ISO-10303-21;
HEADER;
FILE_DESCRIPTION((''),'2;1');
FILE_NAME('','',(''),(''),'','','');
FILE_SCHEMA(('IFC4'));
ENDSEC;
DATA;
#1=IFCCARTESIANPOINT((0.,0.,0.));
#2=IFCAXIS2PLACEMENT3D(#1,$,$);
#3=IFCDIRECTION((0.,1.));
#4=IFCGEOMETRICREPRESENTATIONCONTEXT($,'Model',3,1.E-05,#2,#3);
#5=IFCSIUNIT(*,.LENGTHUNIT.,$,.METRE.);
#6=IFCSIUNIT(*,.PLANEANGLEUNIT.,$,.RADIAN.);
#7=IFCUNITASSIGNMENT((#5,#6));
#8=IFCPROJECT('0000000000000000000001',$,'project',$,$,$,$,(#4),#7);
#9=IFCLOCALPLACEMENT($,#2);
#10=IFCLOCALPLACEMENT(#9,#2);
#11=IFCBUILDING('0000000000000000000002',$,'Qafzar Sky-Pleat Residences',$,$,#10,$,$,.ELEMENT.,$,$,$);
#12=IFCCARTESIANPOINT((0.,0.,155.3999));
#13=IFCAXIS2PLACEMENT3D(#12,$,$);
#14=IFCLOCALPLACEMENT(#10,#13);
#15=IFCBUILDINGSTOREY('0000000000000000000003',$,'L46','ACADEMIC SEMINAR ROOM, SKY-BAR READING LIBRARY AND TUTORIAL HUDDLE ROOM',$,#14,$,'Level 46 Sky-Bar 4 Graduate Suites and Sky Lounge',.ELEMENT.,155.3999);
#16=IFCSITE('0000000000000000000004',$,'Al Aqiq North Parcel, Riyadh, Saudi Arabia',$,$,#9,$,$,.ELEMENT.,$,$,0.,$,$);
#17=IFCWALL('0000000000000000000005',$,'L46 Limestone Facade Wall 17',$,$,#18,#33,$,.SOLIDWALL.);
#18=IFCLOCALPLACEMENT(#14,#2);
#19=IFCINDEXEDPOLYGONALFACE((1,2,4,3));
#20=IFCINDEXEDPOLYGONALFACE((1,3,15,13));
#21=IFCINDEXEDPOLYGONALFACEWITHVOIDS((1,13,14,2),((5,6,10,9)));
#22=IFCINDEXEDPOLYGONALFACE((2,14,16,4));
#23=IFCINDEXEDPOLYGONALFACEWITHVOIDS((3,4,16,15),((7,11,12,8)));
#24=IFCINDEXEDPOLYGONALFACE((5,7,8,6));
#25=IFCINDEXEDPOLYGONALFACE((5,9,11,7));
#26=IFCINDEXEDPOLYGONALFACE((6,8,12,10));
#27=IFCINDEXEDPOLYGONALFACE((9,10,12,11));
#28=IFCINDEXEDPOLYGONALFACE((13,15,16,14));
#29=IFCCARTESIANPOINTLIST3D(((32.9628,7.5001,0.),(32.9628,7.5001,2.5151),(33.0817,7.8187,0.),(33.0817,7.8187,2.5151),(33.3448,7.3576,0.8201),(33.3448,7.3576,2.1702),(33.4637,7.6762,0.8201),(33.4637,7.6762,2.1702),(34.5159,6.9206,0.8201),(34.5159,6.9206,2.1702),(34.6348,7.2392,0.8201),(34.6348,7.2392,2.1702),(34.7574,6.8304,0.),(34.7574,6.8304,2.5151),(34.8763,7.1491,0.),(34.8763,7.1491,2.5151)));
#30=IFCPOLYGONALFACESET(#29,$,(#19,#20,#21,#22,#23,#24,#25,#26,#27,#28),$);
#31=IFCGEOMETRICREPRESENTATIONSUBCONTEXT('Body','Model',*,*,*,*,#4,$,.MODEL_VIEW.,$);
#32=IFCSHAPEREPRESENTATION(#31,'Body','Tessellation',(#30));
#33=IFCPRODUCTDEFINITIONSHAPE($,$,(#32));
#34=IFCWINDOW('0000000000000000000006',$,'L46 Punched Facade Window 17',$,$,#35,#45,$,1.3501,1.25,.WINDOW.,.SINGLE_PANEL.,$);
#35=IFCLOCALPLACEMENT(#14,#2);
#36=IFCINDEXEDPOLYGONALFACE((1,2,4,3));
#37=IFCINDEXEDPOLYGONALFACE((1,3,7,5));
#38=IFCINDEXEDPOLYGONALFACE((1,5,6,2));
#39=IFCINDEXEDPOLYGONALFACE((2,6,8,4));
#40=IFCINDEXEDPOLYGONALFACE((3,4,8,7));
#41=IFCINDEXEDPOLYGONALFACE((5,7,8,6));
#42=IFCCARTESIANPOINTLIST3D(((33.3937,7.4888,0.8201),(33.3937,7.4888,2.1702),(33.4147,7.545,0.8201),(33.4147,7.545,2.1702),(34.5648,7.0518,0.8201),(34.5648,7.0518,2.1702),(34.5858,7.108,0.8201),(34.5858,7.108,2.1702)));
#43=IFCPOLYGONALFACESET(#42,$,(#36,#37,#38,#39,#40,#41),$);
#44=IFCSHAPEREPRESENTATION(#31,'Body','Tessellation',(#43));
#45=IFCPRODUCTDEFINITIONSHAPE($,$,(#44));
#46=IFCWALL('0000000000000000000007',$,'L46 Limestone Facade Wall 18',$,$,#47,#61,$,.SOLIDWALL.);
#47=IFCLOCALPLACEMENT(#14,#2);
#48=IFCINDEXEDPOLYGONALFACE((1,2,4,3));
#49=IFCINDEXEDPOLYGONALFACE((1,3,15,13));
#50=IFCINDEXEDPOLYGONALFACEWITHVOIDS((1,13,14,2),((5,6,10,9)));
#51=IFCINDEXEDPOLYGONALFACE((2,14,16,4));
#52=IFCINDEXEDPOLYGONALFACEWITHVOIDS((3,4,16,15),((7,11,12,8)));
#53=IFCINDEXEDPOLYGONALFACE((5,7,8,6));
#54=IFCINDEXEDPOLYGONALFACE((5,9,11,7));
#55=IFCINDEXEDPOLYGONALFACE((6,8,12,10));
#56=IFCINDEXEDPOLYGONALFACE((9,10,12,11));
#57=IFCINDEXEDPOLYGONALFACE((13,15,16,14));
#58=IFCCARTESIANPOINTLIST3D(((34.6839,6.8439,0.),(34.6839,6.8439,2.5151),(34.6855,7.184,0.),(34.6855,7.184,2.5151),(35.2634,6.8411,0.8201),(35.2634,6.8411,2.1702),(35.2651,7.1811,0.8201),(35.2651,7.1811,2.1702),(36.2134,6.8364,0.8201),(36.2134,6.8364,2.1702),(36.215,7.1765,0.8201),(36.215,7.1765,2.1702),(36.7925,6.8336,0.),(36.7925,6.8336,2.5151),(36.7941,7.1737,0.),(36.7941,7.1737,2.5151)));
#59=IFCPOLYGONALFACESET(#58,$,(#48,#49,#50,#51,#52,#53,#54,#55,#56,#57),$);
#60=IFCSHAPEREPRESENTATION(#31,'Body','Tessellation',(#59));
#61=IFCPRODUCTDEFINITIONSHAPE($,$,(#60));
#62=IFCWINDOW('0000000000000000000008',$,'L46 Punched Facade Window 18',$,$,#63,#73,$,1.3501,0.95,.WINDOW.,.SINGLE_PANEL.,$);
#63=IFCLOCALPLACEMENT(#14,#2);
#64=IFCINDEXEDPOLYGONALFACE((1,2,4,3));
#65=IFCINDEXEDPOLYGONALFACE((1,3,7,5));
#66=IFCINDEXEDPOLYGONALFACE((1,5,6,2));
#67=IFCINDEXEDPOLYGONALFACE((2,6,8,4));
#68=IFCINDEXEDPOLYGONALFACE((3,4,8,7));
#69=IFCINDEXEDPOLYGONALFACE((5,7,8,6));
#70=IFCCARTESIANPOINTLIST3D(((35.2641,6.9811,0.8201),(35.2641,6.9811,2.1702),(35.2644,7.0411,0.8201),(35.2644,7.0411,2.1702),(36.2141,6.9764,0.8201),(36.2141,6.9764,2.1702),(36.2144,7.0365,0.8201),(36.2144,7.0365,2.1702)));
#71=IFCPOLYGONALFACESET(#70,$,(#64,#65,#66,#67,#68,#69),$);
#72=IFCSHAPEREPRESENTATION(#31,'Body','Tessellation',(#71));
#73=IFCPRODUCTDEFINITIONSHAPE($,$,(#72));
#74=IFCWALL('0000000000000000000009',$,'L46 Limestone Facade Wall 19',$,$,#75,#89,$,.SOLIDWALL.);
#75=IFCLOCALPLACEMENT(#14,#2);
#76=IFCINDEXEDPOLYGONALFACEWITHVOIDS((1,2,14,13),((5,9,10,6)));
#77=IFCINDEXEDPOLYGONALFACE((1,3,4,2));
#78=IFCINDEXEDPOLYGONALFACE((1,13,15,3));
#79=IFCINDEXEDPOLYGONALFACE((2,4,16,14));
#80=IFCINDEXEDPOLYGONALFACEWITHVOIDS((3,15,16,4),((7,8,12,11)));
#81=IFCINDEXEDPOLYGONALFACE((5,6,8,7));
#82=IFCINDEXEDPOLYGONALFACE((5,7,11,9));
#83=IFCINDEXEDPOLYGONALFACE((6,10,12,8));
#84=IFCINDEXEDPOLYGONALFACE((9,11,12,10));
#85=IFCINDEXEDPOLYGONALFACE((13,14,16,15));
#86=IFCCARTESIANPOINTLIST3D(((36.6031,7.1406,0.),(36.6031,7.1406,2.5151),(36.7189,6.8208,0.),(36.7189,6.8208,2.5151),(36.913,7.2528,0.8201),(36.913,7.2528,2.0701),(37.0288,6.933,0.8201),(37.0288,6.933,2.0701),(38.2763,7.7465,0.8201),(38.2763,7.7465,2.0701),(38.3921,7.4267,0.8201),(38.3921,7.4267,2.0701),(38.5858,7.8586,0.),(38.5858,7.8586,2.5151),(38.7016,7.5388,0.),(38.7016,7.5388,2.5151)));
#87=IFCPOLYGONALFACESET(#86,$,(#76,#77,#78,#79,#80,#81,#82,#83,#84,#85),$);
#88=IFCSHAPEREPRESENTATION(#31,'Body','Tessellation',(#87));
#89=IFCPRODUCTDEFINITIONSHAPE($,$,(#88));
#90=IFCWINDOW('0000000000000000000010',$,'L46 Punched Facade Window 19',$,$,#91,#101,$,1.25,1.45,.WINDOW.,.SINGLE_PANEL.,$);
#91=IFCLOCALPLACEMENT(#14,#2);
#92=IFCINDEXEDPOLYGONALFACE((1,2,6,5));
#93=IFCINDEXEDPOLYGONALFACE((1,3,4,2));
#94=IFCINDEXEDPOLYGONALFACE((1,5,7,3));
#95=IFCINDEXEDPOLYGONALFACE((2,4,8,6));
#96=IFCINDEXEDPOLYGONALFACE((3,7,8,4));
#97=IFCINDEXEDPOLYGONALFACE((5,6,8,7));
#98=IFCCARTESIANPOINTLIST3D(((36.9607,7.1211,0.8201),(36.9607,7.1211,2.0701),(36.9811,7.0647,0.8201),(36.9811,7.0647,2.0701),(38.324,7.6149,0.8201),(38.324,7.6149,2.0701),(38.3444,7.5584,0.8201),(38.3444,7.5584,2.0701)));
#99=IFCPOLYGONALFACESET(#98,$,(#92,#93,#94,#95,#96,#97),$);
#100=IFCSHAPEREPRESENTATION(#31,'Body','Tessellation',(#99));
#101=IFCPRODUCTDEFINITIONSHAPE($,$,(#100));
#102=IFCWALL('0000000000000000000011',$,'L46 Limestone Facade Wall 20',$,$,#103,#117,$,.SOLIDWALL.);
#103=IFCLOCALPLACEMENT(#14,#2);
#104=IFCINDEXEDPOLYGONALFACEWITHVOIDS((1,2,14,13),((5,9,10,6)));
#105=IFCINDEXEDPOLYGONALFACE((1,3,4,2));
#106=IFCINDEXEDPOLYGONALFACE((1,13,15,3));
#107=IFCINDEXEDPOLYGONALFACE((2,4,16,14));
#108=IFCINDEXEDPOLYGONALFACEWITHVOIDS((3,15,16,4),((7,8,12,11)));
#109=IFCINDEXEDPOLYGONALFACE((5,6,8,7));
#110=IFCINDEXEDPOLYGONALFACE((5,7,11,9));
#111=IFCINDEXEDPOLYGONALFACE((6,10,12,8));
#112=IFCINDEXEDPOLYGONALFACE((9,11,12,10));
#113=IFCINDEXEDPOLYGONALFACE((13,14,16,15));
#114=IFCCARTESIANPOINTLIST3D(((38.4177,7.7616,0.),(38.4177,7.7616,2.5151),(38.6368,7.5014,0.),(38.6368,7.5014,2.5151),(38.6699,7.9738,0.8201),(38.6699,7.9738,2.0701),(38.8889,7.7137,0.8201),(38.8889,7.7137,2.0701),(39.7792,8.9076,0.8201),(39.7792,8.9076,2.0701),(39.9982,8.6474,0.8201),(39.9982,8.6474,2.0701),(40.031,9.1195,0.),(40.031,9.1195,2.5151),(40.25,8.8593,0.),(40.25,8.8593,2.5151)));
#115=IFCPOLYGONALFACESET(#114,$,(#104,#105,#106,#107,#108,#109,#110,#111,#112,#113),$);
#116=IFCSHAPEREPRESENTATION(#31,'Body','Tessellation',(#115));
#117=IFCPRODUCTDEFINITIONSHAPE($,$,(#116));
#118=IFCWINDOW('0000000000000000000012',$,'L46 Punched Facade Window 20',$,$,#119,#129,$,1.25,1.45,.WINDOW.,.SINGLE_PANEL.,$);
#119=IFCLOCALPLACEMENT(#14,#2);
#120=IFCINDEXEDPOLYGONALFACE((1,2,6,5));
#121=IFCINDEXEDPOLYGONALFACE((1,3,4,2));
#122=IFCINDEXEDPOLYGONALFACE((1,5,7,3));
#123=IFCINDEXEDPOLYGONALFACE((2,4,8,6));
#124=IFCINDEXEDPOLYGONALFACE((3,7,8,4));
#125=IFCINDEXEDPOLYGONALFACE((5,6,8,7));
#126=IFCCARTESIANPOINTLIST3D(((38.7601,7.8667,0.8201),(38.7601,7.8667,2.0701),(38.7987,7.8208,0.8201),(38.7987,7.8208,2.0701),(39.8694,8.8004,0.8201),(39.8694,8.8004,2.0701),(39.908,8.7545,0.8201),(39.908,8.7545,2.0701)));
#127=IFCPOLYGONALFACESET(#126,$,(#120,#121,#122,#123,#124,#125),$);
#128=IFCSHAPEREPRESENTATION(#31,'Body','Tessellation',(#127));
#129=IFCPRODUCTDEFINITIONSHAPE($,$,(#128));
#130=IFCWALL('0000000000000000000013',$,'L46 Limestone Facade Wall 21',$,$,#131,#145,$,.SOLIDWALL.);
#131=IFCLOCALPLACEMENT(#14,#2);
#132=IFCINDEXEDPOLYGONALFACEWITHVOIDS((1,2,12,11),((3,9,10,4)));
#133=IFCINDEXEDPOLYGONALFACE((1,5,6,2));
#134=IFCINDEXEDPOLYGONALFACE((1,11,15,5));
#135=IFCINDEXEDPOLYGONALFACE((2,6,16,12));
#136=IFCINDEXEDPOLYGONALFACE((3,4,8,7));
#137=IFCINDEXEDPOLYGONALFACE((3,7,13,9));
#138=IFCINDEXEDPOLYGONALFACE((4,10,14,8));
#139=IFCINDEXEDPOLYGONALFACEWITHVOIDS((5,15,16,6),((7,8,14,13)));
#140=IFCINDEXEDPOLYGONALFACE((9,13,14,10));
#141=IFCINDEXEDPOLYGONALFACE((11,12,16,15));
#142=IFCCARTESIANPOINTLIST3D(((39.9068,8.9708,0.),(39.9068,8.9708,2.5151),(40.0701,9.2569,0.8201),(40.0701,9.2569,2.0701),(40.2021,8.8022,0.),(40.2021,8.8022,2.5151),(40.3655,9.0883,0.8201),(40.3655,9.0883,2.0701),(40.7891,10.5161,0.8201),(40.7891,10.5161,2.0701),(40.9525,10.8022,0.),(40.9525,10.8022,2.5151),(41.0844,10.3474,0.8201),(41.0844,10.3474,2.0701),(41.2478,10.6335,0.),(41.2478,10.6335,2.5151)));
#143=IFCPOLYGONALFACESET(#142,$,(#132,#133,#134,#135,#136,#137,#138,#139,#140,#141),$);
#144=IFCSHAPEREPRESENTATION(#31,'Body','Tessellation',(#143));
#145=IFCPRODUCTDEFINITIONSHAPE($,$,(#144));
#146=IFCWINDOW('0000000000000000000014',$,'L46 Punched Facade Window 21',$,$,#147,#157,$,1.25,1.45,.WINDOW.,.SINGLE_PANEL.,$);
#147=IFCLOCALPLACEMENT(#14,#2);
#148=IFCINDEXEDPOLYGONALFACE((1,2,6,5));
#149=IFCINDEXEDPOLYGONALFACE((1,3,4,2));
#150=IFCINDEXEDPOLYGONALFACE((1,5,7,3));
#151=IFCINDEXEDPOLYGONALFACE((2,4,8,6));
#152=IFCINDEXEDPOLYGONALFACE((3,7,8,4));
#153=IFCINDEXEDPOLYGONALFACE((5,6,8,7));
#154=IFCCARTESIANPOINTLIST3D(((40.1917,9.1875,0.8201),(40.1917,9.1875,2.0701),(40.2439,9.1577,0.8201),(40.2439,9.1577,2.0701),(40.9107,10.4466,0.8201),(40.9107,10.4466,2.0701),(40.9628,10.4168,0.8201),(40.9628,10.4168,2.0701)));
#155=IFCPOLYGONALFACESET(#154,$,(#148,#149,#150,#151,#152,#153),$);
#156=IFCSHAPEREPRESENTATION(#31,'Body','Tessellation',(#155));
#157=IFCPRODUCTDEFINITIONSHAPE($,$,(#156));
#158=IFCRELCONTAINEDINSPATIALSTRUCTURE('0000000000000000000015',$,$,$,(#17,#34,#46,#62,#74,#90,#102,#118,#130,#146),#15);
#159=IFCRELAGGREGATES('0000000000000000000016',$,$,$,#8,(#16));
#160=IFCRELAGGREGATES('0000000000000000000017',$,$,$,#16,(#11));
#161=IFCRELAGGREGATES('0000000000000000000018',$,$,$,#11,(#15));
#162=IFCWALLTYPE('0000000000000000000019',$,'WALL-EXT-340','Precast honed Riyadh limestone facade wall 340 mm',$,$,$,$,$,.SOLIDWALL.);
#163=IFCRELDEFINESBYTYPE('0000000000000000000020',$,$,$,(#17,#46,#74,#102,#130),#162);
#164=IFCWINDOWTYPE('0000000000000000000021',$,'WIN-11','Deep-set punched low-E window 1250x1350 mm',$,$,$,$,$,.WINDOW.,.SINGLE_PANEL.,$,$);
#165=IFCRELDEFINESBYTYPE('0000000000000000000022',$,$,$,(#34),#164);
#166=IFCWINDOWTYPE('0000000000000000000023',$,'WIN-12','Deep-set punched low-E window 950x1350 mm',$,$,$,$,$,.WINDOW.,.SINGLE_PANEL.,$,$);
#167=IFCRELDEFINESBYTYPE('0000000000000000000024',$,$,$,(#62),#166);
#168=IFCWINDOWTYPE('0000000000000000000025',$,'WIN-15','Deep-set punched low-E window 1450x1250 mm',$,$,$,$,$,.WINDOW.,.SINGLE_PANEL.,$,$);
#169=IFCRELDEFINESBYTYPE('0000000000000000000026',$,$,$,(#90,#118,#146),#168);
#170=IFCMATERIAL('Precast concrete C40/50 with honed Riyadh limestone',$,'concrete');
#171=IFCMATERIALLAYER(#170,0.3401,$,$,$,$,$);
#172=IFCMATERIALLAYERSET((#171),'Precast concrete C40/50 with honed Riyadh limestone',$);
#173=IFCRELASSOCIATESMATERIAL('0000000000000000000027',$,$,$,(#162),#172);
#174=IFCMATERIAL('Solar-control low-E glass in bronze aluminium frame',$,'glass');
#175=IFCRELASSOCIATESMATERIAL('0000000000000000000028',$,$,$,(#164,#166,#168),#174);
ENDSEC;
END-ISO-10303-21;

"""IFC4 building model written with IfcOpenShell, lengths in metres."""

from ifc_helpers import new_model, si_unit, direction, frame, frame_2d, origin, place, context, subcontext, project, spatial, rectangle, extrude, source, transform, mapped, material, layer, layer_set, type_object, element, fill, save


model = new_model("IFC4")

# Units and contexts
model_context = context("Model", 3, precision=1e-05, world=origin(), true_north=direction((0.0, 1.0)))
body_context = subcontext(model_context, "Body", "Model", "MODEL_VIEW")
ifc_project = project(units=[si_unit("LENGTHUNIT", "METRE"), si_unit("PLANEANGLEUNIT", "RADIAN")], contexts=[model_context])

# Site, building, storey
site_placement = place(None, origin())
site = spatial("IfcSite", under=ifc_project, at=site_placement, Name="Al Aqiq North Parcel, Riyadh, Saudi Arabia", CompositionType="ELEMENT", RefElevation=0.0)
building_placement = place(site_placement, origin())
building = spatial("IfcBuilding", under=site, at=building_placement, Name="Qafzar Sky-Pleat Residences", CompositionType="ELEMENT")
storey_placement = place(building_placement, frame((0.0, 0.0, 155.3999)))
storey = spatial("IfcBuildingStorey", under=building, at=storey_placement, Name="L46", Description="ACADEMIC SEMINAR ROOM, SKY-BAR READING LIBRARY AND TUTORIAL HUDDLE ROOM", LongName="Level 46 Sky-Bar 4 Graduate Suites and Sky Lounge", CompositionType="ELEMENT", Elevation=155.3999)

# Walls, openings, windows
ifc_material_1 = material(Name="Precast concrete C40/50 with honed Riyadh limestone", Category="concrete")
ifc_layer_1 = layer(ifc_material_1, 0.3401)
ifc_layer_set_1 = layer_set([ifc_layer_1], Name="Precast concrete C40/50 with honed Riyadh limestone")
wall_type = type_object("IfcWallType", Name="WALL-EXT-340", Description="Precast honed Riyadh limestone facade wall 340 mm", PredefinedType="SOLIDWALL", material=ifc_layer_set_1)
wall_1_placement = place(storey_placement, frame((33.0222, 7.6594, 0.0), z_axis=(0.0, 0.0, 1.0), x_axis=(0.936899, -0.349601, 0.0)))
wall_1 = element("IfcWall", 1, at=wall_1_placement, inside=storey, type_object=wall_type, Name="L46 Limestone Facade Wall 17", PredefinedType="SOLIDWALL", context=body_context, shape_type="SweptSolid", body=[
    extrude(rectangle(XDim=1.9155, YDim=0.3401, at=frame_2d((0.9578, 0.0))), origin(), (0.0, 0.0, 1.0), 2.5151),
])
opening_1_placement = place(wall_1_placement, frame((0.4077, 0.0, 0.8201)))
opening_1 = element("IfcOpeningElement", 2, at=opening_1_placement, cuts=wall_1, PredefinedType="OPENING", context=body_context, shape_type="SweptSolid", body=[
    extrude(rectangle(XDim=1.25, YDim=1.3501, at=frame_2d((0.625, 0.675))), frame((0.0, 0.1802, 0.0), z_axis=(0.0, -1.0, 0.0), x_axis=(1.0, 0.0, 0.0)), (0.0, 0.0, 1.0), 0.3601),
])
ifc_material_2 = material(Name="Solar-control low-E glass in bronze aluminium frame", Category="glass")
window_type_1 = type_object("IfcWindowType", Name="WIN-11", Description="Deep-set punched low-E window 1250x1350 mm", PartitioningType="SINGLE_PANEL", PredefinedType="WINDOW", material=ifc_material_2)
shared_shape_1 = source(origin(), body_context, "Body", "SweptSolid", [
    extrude(rectangle(XDim=1.25, YDim=1.3501, at=frame_2d((0.625, 0.675))), frame((0.0, 0.03, 0.0), z_axis=(0.0, -1.0, 0.0), x_axis=(1.0, 0.0, 0.0)), (0.0, 0.0, 1.0), 0.0601),
])
window_1_placement = place(opening_1_placement, origin())
window_1 = element("IfcWindow", 3, at=window_1_placement, inside=storey, type_object=window_type_1, Name="L46 Punched Facade Window 17", OverallHeight=1.3501, OverallWidth=1.25, PartitioningType="SINGLE_PANEL", PredefinedType="WINDOW", context=body_context, shape_type="MappedRepresentation", body=[
    mapped(shared_shape_1, transform((0.0, 0.0, 0.0), x_axis=(1.0, 0.0, 0.0), y_axis=(0.0, 1.0, 0.0), z_axis=(0.0, 0.0, 1.0), scale=1.0)),
])
fill(opening_1, window_1)
wall_2_placement = place(storey_placement, frame((34.6848, 7.0139, 0.0), z_axis=(0.0, 0.0, 1.0), x_axis=(0.999988, -0.004863, 0.0)))
wall_2 = element("IfcWall", 4, at=wall_2_placement, inside=storey, type_object=wall_type, Name="L46 Limestone Facade Wall 18", PredefinedType="SOLIDWALL", context=body_context, shape_type="SweptSolid", body=[
    extrude(rectangle(XDim=2.1086, YDim=0.3401, at=frame_2d((1.0542, 0.0))), origin(), (0.0, 0.0, 1.0), 2.5151),
])
opening_2_placement = place(wall_2_placement, frame((0.5793, 0.0, 0.8201)))
opening_2 = element("IfcOpeningElement", 5, at=opening_2_placement, cuts=wall_2, PredefinedType="OPENING", context=body_context, shape_type="SweptSolid", body=[
    extrude(rectangle(XDim=0.95, YDim=1.3501, at=frame_2d((0.4751, 0.675))), frame((0.0, 0.1802, 0.0), z_axis=(0.0, -1.0, 0.0), x_axis=(1.0, 0.0, 0.0)), (0.0, 0.0, 1.0), 0.3601),
])
window_type_2 = type_object("IfcWindowType", Name="WIN-12", Description="Deep-set punched low-E window 950x1350 mm", PartitioningType="SINGLE_PANEL", PredefinedType="WINDOW", material=ifc_material_2)
shared_shape_2 = source(origin(), body_context, "Body", "SweptSolid", [
    extrude(rectangle(XDim=0.95, YDim=1.3501, at=frame_2d((0.4751, 0.675))), frame((0.0, 0.03, 0.0), z_axis=(0.0, -1.0, 0.0), x_axis=(1.0, 0.0, 0.0)), (0.0, 0.0, 1.0), 0.0601),
])
window_2_placement = place(opening_2_placement, origin())
window_2 = element("IfcWindow", 6, at=window_2_placement, inside=storey, type_object=window_type_2, Name="L46 Punched Facade Window 18", OverallHeight=1.3501, OverallWidth=0.95, PartitioningType="SINGLE_PANEL", PredefinedType="WINDOW", context=body_context, shape_type="MappedRepresentation", body=[
    mapped(shared_shape_2, transform((0.0, 0.0, 0.0), x_axis=(1.0, 0.0, 0.0), y_axis=(0.0, 1.0, 0.0), z_axis=(0.0, 0.0, 1.0), scale=1.0)),
])
fill(opening_2, window_2)
wall_3_placement = place(storey_placement, frame((36.6611, 6.9807, 0.0), z_axis=(0.0, 0.0, 1.0), x_axis=(0.940242, 0.340506, 0.0)))
wall_3 = element("IfcWall", 7, at=wall_3_placement, inside=storey, type_object=wall_type, Name="L46 Limestone Facade Wall 19", PredefinedType="SOLIDWALL", context=body_context, shape_type="SweptSolid", body=[
    extrude(rectangle(XDim=2.1086, YDim=0.3401, at=frame_2d((1.0542, 0.0))), origin(), (0.0, 0.0, 1.0), 2.5151),
])
opening_3_placement = place(wall_3_placement, frame((0.3293, 0.0, 0.8201)))
opening_3 = element("IfcOpeningElement", 8, at=opening_3_placement, cuts=wall_3, PredefinedType="OPENING", context=body_context, shape_type="SweptSolid", body=[
    extrude(rectangle(XDim=1.45, YDim=1.25, at=frame_2d((0.7251, 0.625))), frame((0.0, 0.1802, 0.0), z_axis=(0.0, -1.0, 0.0), x_axis=(1.0, 0.0, 0.0)), (0.0, 0.0, 1.0), 0.3601),
])
window_type_3 = type_object("IfcWindowType", Name="WIN-15", Description="Deep-set punched low-E window 1450x1250 mm", PartitioningType="SINGLE_PANEL", PredefinedType="WINDOW", material=ifc_material_2)
shared_shape_3 = source(origin(), body_context, "Body", "SweptSolid", [
    extrude(rectangle(XDim=1.45, YDim=1.25, at=frame_2d((0.7251, 0.625))), frame((0.0, 0.03, 0.0), z_axis=(0.0, -1.0, 0.0), x_axis=(1.0, 0.0, 0.0)), (0.0, 0.0, 1.0), 0.0601),
])
window_3_placement = place(opening_3_placement, origin())
window_3 = element("IfcWindow", 9, at=window_3_placement, inside=storey, type_object=window_type_3, Name="L46 Punched Facade Window 19", OverallHeight=1.25, OverallWidth=1.45, PartitioningType="SINGLE_PANEL", PredefinedType="WINDOW", context=body_context, shape_type="MappedRepresentation", body=[
    mapped(shared_shape_3, transform((0.0, 0.0, 0.0), x_axis=(1.0, 0.0, 0.0), y_axis=(0.0, 1.0, 0.0), z_axis=(0.0, 0.0, 1.0), scale=1.0)),
])
fill(opening_3, window_3)
wall_4_placement = place(storey_placement, frame((38.5273, 7.6316, 0.0), z_axis=(0.0, 0.0, 1.0), x_axis=(0.765061, 0.643957, 0.0)))
wall_4 = element("IfcWall", 10, at=wall_4_placement, inside=storey, type_object=wall_type, Name="L46 Limestone Facade Wall 20", PredefinedType="SOLIDWALL", context=body_context, shape_type="SweptSolid", body=[
    extrude(rectangle(XDim=2.1086, YDim=0.3401, at=frame_2d((1.0542, 0.0))), origin(), (0.0, 0.0, 1.0), 2.5151),
])
opening_4_placement = place(wall_4_placement, frame((0.3293, 0.0, 0.8201)))
opening_4 = element("IfcOpeningElement", 11, at=opening_4_placement, cuts=wall_4, PredefinedType="OPENING", context=body_context, shape_type="SweptSolid", body=[
    extrude(rectangle(XDim=1.45, YDim=1.25, at=frame_2d((0.7251, 0.625))), frame((0.0, 0.1802, 0.0), z_axis=(0.0, -1.0, 0.0), x_axis=(1.0, 0.0, 0.0)), (0.0, 0.0, 1.0), 0.3601),
])
window_4_placement = place(opening_4_placement, origin())
window_4 = element("IfcWindow", 12, at=window_4_placement, inside=storey, type_object=window_type_3, Name="L46 Punched Facade Window 20", OverallHeight=1.25, OverallWidth=1.45, PartitioningType="SINGLE_PANEL", PredefinedType="WINDOW", context=body_context, shape_type="MappedRepresentation", body=[
    mapped(shared_shape_3, transform((0.0, 0.0, 0.0), x_axis=(1.0, 0.0, 0.0), y_axis=(0.0, 1.0, 0.0), z_axis=(0.0, 0.0, 1.0), scale=1.0)),
])
fill(opening_4, window_4)
wall_5_placement = place(storey_placement, frame((40.0544, 8.8865, 0.0), z_axis=(0.0, 0.0, 1.0), x_axis=(0.495852, 0.868407, 0.0)))
wall_5 = element("IfcWall", 13, at=wall_5_placement, inside=storey, type_object=wall_type, Name="L46 Limestone Facade Wall 21", PredefinedType="SOLIDWALL", context=body_context, shape_type="SweptSolid", body=[
    extrude(rectangle(XDim=2.1089, YDim=0.3401, at=frame_2d((1.0544, 0.0))), origin(), (0.0, 0.0, 1.0), 2.5151),
])
opening_5_placement = place(wall_5_placement, frame((0.3293, 0.0, 0.8201)))
opening_5 = element("IfcOpeningElement", 14, at=opening_5_placement, cuts=wall_5, PredefinedType="OPENING", context=body_context, shape_type="SweptSolid", body=[
    extrude(rectangle(XDim=1.45, YDim=1.25, at=frame_2d((0.7251, 0.625))), frame((0.0, 0.1802, 0.0), z_axis=(0.0, -1.0, 0.0), x_axis=(1.0, 0.0, 0.0)), (0.0, 0.0, 1.0), 0.3601),
])
window_5_placement = place(opening_5_placement, origin())
window_5 = element("IfcWindow", 15, at=window_5_placement, inside=storey, type_object=window_type_3, Name="L46 Punched Facade Window 21", OverallHeight=1.25, OverallWidth=1.45, PartitioningType="SINGLE_PANEL", PredefinedType="WINDOW", context=body_context, shape_type="MappedRepresentation", body=[
    mapped(shared_shape_3, transform((0.0, 0.0, 0.0), x_axis=(1.0, 0.0, 0.0), y_axis=(0.0, 1.0, 0.0), z_axis=(0.0, 0.0, 1.0), scale=1.0)),
])
fill(opening_5, window_5)

save(model, "model.ifc")
